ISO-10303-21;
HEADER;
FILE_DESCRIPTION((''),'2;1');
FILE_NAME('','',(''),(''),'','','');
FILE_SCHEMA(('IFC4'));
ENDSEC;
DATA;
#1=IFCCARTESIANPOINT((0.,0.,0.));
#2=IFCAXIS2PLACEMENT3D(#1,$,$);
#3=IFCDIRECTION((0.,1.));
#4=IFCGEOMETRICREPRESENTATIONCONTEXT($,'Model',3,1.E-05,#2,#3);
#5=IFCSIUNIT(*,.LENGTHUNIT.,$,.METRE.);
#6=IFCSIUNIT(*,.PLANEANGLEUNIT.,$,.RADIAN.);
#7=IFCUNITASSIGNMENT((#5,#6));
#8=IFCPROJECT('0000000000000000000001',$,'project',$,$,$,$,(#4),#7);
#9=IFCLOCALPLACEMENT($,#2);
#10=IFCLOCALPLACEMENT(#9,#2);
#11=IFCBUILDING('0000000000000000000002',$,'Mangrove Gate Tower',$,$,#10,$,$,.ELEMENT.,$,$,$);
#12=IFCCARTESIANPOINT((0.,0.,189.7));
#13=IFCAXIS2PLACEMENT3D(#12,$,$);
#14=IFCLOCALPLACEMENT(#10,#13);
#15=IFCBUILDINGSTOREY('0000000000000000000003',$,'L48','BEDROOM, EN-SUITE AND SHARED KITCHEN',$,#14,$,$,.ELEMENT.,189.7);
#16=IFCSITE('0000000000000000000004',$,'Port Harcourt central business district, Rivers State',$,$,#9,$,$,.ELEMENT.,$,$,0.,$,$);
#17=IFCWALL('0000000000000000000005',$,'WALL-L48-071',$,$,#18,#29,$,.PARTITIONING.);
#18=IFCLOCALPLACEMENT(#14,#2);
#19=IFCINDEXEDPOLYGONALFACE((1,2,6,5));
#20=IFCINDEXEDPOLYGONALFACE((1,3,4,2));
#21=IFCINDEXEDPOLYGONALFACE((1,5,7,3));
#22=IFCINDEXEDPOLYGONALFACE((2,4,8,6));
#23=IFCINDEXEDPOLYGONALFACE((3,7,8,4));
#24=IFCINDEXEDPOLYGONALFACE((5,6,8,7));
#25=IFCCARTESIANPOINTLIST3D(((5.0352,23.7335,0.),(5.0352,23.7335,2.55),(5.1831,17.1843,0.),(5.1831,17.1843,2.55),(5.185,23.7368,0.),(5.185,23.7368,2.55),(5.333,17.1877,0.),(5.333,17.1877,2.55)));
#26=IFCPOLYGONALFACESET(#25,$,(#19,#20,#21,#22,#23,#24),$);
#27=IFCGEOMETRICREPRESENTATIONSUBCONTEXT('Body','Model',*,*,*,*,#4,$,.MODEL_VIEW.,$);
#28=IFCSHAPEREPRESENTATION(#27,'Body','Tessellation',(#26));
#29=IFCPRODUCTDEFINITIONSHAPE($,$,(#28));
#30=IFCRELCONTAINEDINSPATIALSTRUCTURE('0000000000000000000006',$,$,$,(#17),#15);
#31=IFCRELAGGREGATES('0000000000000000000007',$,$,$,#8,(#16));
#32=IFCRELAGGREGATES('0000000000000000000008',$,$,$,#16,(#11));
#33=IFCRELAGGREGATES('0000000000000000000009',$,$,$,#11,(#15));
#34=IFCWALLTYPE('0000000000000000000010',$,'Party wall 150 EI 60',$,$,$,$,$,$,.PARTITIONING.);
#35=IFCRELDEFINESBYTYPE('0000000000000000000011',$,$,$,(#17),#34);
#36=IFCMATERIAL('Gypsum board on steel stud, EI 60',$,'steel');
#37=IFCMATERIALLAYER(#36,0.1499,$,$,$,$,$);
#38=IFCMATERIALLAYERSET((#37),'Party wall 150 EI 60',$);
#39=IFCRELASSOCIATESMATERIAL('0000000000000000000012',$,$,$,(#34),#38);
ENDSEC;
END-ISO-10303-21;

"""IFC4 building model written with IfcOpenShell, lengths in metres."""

from ifc_helpers import new_model, si_unit, direction, frame, frame_2d, origin, place, context, subcontext, project, spatial, rectangle, extrude, material, layer, layer_set, type_object, element, save


model = new_model("IFC4")

# Units and contexts
model_context = context("Model", 3, precision=1e-05, world=origin(), true_north=direction((0.0, 1.0)))
body_context = subcontext(model_context, "Body", "Model", "MODEL_VIEW")
ifc_project = project(units=[si_unit("LENGTHUNIT", "METRE"), si_unit("PLANEANGLEUNIT", "RADIAN")], contexts=[model_context])

# Site, building, storey
site_placement = place(None, origin())
site = spatial("IfcSite", under=ifc_project, at=site_placement, Name="Port Harcourt central business district, Rivers State", CompositionType="ELEMENT", RefElevation=0.0)
building_placement = place(site_placement, origin())
building = spatial("IfcBuilding", under=site, at=building_placement, Name="Mangrove Gate Tower", CompositionType="ELEMENT")
storey_placement = place(building_placement, frame((0.0, 0.0, 189.7)))
storey = spatial("IfcBuildingStorey", under=building, at=storey_placement, Name="L48", Description="BEDROOM, EN-SUITE AND SHARED KITCHEN", CompositionType="ELEMENT", Elevation=189.7)

# Shared definitions
ifc_material_1 = material(Name="Gypsum board on steel stud, EI 60", Category="steel")
ifc_layer_1 = layer(ifc_material_1, 0.1499)
ifc_layer_set_1 = layer_set([ifc_layer_1], Name="Party wall 150 EI 60")
wall_type_1 = type_object("IfcWallType", Name="Party wall 150 EI 60", PredefinedType="PARTITIONING", material=ifc_layer_set_1)

# Wall
wall_1_placement = place(storey_placement, frame((5.2581, 17.186, 0.0), z_axis=(0.0, 0.0, 1.0), x_axis=(-0.022585, 0.999745, 0.0)))
element("IfcWall", 1, at=wall_1_placement, inside=storey, type_object=wall_type_1, Name="WALL-L48-071", PredefinedType="PARTITIONING", context=body_context, shape_type="SweptSolid", body=[
    extrude(rectangle(XDim=6.5508, YDim=0.1499, at=frame_2d((3.2754, 0.0))), origin(), (0.0, 0.0, 1.0), 2.55),
])

save(model, "model.ifc")
